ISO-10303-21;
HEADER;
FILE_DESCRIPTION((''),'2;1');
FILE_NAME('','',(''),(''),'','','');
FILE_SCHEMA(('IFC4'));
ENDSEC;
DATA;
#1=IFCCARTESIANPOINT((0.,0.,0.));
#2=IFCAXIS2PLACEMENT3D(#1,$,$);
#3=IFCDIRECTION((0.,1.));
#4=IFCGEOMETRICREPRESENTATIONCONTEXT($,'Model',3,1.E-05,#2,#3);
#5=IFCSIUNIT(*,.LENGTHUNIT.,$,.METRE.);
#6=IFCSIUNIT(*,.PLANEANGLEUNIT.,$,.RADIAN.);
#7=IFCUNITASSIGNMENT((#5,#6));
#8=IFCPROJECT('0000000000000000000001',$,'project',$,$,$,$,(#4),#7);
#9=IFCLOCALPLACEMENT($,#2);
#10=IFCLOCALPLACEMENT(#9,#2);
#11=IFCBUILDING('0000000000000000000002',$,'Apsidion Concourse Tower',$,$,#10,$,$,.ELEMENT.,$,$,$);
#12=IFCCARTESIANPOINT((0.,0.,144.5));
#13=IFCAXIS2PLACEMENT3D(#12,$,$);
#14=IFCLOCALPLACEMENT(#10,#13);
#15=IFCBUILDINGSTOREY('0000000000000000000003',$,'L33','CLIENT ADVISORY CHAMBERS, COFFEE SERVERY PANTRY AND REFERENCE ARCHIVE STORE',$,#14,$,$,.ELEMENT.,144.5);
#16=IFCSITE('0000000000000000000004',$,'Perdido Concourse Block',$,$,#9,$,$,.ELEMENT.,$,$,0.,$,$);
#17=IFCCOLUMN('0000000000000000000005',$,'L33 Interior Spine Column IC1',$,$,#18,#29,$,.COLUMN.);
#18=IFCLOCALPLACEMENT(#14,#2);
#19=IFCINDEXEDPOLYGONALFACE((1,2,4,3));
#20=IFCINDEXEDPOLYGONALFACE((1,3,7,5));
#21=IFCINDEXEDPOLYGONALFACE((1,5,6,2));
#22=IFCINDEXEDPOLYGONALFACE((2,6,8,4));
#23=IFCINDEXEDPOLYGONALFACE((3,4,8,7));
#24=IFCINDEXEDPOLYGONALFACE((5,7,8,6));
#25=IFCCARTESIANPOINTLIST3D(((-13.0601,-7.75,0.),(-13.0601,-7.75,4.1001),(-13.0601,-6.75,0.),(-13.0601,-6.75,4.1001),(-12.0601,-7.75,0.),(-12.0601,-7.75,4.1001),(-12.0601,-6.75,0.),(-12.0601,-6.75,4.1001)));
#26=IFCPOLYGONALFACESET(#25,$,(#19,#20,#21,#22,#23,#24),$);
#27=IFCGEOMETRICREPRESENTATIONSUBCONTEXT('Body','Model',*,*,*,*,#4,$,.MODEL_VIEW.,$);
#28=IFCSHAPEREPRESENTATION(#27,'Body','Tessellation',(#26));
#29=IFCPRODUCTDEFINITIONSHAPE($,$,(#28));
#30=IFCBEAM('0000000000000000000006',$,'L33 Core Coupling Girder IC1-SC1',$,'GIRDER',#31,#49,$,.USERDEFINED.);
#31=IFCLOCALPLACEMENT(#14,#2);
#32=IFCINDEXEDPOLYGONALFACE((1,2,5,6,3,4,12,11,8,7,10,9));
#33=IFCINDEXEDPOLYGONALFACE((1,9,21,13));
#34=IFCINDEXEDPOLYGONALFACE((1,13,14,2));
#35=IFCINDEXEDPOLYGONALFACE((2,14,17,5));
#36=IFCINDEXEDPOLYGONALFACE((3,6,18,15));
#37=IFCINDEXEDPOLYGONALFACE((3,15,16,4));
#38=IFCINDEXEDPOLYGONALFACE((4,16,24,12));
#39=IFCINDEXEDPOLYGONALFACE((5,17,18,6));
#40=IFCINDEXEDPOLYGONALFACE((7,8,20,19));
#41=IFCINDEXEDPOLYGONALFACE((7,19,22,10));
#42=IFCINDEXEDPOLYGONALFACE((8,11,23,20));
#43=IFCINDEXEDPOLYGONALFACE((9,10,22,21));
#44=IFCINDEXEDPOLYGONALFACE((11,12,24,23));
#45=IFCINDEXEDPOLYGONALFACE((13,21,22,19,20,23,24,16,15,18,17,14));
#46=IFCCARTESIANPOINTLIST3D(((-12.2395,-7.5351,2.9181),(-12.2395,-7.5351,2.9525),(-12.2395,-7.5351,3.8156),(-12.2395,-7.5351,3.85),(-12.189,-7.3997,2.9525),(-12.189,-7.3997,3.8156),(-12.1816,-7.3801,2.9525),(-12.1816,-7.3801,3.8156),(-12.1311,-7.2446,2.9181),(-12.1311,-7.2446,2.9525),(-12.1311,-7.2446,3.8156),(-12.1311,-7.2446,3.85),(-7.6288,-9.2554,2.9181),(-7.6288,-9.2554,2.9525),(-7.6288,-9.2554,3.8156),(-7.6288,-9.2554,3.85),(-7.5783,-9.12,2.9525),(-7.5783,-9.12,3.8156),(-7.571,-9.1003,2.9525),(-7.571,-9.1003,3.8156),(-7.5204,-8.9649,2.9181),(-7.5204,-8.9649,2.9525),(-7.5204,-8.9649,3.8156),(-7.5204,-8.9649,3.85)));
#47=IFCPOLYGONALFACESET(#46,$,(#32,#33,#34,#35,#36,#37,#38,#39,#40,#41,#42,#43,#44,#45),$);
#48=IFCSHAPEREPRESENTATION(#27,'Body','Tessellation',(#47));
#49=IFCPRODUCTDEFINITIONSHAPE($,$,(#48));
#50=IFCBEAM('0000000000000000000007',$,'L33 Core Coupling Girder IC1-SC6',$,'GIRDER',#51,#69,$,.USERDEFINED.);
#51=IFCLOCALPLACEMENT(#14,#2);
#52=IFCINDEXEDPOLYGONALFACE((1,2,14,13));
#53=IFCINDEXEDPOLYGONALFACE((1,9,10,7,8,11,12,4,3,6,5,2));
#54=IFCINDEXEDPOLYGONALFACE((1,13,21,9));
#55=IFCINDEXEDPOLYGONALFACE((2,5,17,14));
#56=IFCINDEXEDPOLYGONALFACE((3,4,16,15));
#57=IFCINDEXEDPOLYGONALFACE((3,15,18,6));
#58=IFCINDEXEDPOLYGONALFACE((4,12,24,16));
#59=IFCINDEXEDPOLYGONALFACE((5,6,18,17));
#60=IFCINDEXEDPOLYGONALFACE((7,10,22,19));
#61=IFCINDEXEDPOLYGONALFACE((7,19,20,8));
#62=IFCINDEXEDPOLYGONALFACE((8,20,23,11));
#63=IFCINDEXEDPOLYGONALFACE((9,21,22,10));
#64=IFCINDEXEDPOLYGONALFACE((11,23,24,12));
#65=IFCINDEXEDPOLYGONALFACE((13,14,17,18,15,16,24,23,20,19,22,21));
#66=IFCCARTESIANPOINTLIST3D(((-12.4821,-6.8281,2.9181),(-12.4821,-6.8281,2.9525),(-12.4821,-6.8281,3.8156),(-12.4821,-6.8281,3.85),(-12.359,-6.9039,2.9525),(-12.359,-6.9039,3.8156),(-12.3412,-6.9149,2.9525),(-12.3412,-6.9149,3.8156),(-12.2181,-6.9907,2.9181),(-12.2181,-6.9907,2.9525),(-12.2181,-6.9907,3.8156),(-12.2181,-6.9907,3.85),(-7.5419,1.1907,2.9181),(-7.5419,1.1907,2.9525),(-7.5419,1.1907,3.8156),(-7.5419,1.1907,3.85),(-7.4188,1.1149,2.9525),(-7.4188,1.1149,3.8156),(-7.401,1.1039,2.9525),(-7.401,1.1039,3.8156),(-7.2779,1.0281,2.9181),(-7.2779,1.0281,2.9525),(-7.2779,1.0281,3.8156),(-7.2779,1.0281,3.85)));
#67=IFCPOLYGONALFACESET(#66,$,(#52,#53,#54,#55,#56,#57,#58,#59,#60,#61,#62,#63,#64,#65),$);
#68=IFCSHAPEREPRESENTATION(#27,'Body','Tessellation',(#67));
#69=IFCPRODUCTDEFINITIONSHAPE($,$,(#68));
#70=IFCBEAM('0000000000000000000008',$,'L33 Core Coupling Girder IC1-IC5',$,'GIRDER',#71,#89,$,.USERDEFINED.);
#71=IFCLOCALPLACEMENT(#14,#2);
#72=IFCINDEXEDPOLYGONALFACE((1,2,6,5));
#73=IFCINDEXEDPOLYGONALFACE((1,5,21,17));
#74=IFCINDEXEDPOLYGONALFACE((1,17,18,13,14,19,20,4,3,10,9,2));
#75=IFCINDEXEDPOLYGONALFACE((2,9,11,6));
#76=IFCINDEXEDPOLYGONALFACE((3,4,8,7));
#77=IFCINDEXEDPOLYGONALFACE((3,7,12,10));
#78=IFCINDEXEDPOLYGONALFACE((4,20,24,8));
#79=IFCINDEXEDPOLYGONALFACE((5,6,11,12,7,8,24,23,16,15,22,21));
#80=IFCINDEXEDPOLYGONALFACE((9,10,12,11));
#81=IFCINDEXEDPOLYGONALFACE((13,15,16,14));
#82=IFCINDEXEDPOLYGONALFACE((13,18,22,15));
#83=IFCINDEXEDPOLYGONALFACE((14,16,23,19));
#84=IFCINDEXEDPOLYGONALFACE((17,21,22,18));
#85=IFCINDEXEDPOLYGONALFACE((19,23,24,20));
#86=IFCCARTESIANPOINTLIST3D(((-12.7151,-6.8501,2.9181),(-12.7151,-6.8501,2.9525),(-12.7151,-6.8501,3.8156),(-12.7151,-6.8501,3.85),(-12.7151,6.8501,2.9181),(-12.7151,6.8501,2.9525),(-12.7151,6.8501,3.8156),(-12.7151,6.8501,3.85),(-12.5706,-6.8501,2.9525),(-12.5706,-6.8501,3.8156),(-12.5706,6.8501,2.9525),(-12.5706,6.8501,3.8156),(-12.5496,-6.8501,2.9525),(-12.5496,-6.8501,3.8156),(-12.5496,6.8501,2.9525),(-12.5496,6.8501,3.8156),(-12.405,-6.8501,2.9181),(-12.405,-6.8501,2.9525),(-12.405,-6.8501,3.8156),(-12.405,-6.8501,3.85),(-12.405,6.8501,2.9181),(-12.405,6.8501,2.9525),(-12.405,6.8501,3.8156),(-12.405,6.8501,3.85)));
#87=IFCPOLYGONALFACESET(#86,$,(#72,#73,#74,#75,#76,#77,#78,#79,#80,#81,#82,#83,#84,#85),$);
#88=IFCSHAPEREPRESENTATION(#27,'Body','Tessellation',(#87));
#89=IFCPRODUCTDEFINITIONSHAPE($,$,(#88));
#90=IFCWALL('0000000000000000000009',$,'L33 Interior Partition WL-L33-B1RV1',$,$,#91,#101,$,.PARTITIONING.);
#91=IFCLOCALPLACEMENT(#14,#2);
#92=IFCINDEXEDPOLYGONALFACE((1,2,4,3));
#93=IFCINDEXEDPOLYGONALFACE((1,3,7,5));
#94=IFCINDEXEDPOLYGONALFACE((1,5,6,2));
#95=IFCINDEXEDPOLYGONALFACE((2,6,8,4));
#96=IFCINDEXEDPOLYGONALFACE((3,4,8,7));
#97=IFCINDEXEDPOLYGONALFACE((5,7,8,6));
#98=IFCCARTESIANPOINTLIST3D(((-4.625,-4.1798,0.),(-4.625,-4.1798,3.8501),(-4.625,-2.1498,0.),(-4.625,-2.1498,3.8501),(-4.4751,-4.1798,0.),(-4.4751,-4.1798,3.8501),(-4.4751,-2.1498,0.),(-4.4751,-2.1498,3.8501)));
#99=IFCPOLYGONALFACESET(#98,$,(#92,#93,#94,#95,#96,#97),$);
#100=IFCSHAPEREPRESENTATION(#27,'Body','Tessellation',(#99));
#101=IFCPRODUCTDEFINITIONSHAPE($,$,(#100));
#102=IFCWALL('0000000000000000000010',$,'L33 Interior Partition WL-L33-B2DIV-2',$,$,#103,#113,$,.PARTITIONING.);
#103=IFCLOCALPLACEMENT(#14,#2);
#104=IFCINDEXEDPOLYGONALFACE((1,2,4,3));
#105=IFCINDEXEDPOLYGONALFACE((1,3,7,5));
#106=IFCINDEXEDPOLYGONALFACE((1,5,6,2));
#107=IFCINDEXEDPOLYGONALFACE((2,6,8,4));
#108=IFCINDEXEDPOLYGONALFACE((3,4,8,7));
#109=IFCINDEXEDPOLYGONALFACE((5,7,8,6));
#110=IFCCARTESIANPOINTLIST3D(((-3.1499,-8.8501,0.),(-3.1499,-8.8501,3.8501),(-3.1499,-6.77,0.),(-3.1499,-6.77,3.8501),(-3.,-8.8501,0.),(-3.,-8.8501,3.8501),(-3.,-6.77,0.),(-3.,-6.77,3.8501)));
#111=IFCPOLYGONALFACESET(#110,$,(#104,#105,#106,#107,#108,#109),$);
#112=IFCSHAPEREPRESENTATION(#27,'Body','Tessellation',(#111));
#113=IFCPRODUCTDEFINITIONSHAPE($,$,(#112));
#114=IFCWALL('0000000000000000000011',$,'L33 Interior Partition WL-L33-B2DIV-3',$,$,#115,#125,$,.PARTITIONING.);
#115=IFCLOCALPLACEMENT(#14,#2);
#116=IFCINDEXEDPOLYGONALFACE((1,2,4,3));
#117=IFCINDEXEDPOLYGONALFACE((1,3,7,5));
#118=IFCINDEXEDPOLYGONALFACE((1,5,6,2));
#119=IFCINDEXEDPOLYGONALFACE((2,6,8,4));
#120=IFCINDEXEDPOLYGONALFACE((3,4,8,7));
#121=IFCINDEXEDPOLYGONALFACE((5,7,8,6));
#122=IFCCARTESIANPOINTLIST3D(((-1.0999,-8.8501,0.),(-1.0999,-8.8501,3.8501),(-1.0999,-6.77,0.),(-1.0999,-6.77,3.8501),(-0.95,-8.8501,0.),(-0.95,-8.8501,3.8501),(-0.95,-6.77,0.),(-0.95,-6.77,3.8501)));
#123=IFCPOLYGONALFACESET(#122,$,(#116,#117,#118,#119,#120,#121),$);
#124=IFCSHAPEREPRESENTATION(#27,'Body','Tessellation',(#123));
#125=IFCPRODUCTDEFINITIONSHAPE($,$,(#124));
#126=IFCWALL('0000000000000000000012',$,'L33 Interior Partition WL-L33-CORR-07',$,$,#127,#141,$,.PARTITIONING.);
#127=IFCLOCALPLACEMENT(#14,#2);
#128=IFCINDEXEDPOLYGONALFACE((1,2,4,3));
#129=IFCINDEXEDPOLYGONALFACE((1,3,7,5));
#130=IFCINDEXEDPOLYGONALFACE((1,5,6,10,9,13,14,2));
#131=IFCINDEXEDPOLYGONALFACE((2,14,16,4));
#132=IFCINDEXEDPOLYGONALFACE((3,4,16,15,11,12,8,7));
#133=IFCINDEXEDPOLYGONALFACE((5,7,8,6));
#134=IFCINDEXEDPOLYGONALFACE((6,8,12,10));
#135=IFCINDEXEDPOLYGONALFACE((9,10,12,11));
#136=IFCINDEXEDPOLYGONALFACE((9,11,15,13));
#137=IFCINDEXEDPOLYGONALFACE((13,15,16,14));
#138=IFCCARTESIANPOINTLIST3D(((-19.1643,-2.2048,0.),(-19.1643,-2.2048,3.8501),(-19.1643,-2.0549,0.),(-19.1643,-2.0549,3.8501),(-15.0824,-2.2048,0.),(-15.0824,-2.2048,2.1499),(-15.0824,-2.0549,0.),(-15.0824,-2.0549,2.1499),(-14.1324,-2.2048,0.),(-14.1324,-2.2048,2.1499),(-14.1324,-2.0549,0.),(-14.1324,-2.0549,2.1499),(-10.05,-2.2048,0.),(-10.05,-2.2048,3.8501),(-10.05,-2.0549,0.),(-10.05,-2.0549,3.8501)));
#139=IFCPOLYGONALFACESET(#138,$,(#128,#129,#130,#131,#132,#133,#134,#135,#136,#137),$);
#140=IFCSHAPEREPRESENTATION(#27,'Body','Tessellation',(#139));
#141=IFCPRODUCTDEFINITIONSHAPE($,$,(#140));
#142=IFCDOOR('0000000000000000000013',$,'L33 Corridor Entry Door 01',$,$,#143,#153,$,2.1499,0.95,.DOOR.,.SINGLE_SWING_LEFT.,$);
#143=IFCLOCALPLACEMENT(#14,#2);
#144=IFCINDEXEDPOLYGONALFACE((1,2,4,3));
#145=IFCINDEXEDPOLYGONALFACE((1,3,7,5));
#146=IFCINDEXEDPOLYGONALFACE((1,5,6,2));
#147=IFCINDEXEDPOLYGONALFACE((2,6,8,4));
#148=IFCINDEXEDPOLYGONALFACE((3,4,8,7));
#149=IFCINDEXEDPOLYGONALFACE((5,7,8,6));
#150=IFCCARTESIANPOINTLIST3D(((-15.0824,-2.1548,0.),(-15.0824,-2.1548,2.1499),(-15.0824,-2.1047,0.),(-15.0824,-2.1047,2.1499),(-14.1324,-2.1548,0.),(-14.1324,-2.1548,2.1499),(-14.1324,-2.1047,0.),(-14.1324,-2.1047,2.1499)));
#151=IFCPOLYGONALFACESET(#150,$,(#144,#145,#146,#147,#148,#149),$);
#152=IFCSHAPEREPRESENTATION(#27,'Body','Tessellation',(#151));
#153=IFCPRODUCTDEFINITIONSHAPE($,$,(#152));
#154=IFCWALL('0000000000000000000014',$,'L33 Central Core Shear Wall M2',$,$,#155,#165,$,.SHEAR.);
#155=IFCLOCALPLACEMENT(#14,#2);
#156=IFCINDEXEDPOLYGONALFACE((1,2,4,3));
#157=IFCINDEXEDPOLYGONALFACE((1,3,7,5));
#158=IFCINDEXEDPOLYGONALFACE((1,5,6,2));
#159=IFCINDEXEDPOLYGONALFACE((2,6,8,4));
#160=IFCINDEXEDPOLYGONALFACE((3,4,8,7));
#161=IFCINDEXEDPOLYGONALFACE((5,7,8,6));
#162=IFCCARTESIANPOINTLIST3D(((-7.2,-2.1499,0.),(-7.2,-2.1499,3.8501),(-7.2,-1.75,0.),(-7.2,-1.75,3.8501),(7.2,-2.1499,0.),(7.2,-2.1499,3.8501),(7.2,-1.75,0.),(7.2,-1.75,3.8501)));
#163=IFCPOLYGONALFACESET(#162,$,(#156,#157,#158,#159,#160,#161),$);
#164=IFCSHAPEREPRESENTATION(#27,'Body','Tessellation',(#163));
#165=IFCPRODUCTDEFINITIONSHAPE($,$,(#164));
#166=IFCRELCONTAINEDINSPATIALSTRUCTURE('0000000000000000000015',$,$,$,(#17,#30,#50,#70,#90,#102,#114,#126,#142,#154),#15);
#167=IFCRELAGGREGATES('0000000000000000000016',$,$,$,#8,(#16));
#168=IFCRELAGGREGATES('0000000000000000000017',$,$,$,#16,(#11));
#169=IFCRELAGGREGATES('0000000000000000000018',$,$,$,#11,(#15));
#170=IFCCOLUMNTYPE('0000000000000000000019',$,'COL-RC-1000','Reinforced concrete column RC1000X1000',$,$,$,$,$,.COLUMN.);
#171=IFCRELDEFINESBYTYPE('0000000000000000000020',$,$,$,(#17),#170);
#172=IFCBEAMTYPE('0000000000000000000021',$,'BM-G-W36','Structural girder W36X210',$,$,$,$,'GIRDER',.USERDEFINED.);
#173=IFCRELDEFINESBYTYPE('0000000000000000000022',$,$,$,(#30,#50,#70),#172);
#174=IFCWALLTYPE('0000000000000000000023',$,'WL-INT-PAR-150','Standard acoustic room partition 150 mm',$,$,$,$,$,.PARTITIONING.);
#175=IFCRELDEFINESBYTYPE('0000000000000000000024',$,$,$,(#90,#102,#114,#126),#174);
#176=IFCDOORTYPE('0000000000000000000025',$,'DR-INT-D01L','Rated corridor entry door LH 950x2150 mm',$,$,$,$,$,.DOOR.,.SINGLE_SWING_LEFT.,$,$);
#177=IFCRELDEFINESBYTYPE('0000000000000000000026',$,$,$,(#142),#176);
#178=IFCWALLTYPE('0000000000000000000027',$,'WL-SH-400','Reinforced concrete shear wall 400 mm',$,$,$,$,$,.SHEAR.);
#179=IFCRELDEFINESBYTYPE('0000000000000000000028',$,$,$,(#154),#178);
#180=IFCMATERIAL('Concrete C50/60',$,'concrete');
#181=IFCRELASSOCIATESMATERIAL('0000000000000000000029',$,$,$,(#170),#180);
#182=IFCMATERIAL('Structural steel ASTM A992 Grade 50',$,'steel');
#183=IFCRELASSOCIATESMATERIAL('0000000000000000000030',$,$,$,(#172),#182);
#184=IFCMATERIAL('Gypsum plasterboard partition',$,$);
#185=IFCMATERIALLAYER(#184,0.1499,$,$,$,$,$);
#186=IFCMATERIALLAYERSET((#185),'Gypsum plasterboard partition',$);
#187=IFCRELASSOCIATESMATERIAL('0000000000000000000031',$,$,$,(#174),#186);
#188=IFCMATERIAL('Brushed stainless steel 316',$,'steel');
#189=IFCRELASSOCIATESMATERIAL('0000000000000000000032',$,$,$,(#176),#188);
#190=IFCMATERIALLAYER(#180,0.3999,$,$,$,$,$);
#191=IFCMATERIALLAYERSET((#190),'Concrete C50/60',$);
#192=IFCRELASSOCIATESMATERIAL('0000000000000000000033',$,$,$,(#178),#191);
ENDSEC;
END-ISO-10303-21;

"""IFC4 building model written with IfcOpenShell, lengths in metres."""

from ifc_helpers import new_model, si_unit, direction, frame, frame_2d, origin, origin_2d, place, context, subcontext, project, spatial, rectangle, i_section, extrude, material, layer, layer_set, material_profile, profile_set, type_object, element, fill, save


model = new_model("IFC4")

# Units and contexts
model_context = context("Model", 3, precision=1e-05, world=origin(), true_north=direction((0.0, 1.0)))
body_context = subcontext(model_context, "Body", "Model", "MODEL_VIEW")
ifc_project = project(units=[si_unit("LENGTHUNIT", "METRE"), si_unit("PLANEANGLEUNIT", "RADIAN")], contexts=[model_context])

# Site, building, storey
site_placement = place(None, origin())
site = spatial("IfcSite", under=ifc_project, at=site_placement, Name="Perdido Concourse Block", CompositionType="ELEMENT", RefElevation=0.0)
building_placement = place(site_placement, origin())
building = spatial("IfcBuilding", under=site, at=building_placement, Name="Apsidion Concourse Tower", CompositionType="ELEMENT")
storey_placement = place(building_placement, frame((0.0, 0.0, 144.5)))
storey = spatial("IfcBuildingStorey", under=building, at=storey_placement, Name="L33", Description="CLIENT ADVISORY CHAMBERS, COFFEE SERVERY PANTRY AND REFERENCE ARCHIVE STORE", CompositionType="ELEMENT", Elevation=144.5)

# Column
ifc_material_1 = material(Name="Concrete C50/60", Category="concrete")
ifc_material_profile_1 = material_profile(ifc_material_1, rectangle(XDim=1.0, YDim=1.0, at=origin_2d()), Name="RC 1000x1000")
ifc_profile_set_1 = profile_set([ifc_material_profile_1], Name="Concrete C50/60")
column_type = type_object("IfcColumnType", Name="COL-RC-1000", Description="Reinforced concrete column RC1000X1000", PredefinedType="COLUMN", material=ifc_profile_set_1)
column_placement = place(storey_placement, frame((-12.5601, -7.25, 0.0), z_axis=(0.0, 0.0, 1.0), x_axis=(1.0, 0.0, 0.0)))
element("IfcColumn", 1, at=column_placement, inside=storey, type_object=column_type, Name="L33 Interior Spine Column IC1", PredefinedType="COLUMN", context=body_context, shape_type="SweptSolid", body=[
    extrude(rectangle(XDim=1.0, YDim=1.0, at=origin_2d()), origin(), (0.0, 0.0, 1.0), 4.1001),
])

# Beams
ifc_material_2 = material(Name="Structural steel ASTM A992 Grade 50", Category="steel")
ifc_material_profile_2 = material_profile(ifc_material_2, i_section(OverallWidth=0.3101, OverallDepth=0.9319, WebThickness=0.021, FlangeThickness=0.0344, at=origin_2d()), Name="W36X210")
ifc_profile_set_2 = profile_set([ifc_material_profile_2], Name="Structural steel ASTM A992 Grade 50")
beam_type = type_object("IfcBeamType", Name="BM-G-W36", Description="Structural girder W36X210", ElementType="GIRDER", PredefinedType="USERDEFINED", material=ifc_profile_set_2)
beam_1_placement = place(storey_placement, frame((-12.1853, -7.3899, 3.384), z_axis=(0.936913, -0.349563, 0.0), x_axis=(0.349563, 0.936913, 0.0)))
element("IfcBeam", 2, at=beam_1_placement, inside=storey, type_object=beam_type, Name="L33 Core Coupling Girder IC1-SC1", ObjectType="GIRDER", PredefinedType="USERDEFINED", context=body_context, shape_type="SweptSolid", body=[
    extrude(i_section(OverallWidth=0.3101, OverallDepth=0.9319, WebThickness=0.021, FlangeThickness=0.0344, at=origin_2d()), origin(), (0.0, 0.0, 1.0), 4.9211),
])
beam_2_placement = place(storey_placement, frame((-12.3501, -6.9094, 3.384), z_axis=(0.524524, 0.851396, 0.0), x_axis=(-0.851396, 0.524524, 0.0)))
element("IfcBeam", 3, at=beam_2_placement, inside=storey, type_object=beam_type, Name="L33 Core Coupling Girder IC1-SC6", ObjectType="GIRDER", PredefinedType="USERDEFINED", context=body_context, shape_type="SweptSolid", body=[
    extrude(i_section(OverallWidth=0.3101, OverallDepth=0.9319, WebThickness=0.021, FlangeThickness=0.0344, at=origin_2d()), origin(), (0.0, 0.0, 1.0), 9.4185),
])
beam_3_placement = place(storey_placement, frame((-12.5601, -6.8501, 3.384), z_axis=(0.0, 1.0, 0.0), x_axis=(-1.0, 0.0, 0.0)))
element("IfcBeam", 4, at=beam_3_placement, inside=storey, type_object=beam_type, Name="L33 Core Coupling Girder IC1-IC5", ObjectType="GIRDER", PredefinedType="USERDEFINED", context=body_context, shape_type="SweptSolid", body=[
    extrude(i_section(OverallWidth=0.3101, OverallDepth=0.9319, WebThickness=0.021, FlangeThickness=0.0344, at=origin_2d()), origin(), (0.0, 0.0, 1.0), 13.7002),
])

# Walls
ifc_material_3 = material(Name="Gypsum plasterboard partition")
ifc_layer_1 = layer(ifc_material_3, 0.1499)
ifc_layer_set_1 = layer_set([ifc_layer_1], Name="Gypsum plasterboard partition")
wall_type_1 = type_object("IfcWallType", Name="WL-INT-PAR-150", Description="Standard acoustic room partition 150 mm", PredefinedType="PARTITIONING", material=ifc_layer_set_1)
wall_1_placement = place(storey_placement, frame((-4.55, -4.1799, 0.0), z_axis=(0.0, 0.0, 1.0), x_axis=(0.0, 1.0, 0.0)))
element("IfcWall", 5, at=wall_1_placement, inside=storey, type_object=wall_type_1, Name="L33 Interior Partition WL-L33-B1RV1", PredefinedType="PARTITIONING", context=body_context, shape_type="SweptSolid", body=[
    extrude(rectangle(XDim=2.03, YDim=0.1499, at=frame_2d((1.0151, 0.0))), origin(), (0.0, 0.0, 1.0), 3.8501),
])
for number, where, z_axis, x_axis, name in (
    (6, (-3.075, -8.8501, 0.0), (0.0, 0.0, 1.0), (0.0, 1.0, 0.0), "L33 Interior Partition WL-L33-B2DIV-2"),
    (7, (-1.0249, -8.8501, 0.0), (0.0, 0.0, 1.0), (0.0, 1.0, 0.0), "L33 Interior Partition WL-L33-B2DIV-3"),
):
    element("IfcWall", number, at=place(storey_placement, frame(where, z_axis=z_axis, x_axis=x_axis)), inside=storey, type_object=wall_type_1, Name=name, PredefinedType="PARTITIONING", context=body_context, shape_type="SweptSolid", body=[
        extrude(rectangle(XDim=2.0801, YDim=0.1499, at=frame_2d((1.04, 0.0))), origin(), (0.0, 0.0, 1.0), 3.8501),
    ])

# Wall, opening, door
wall_2_placement = place(storey_placement, frame((-10.05, -2.1299, 0.0), z_axis=(0.0, 0.0, 1.0), x_axis=(-1.0, 0.0, 0.0)))
wall_2 = element("IfcWall", 8, at=wall_2_placement, inside=storey, type_object=wall_type_1, Name="L33 Interior Partition WL-L33-CORR-07", PredefinedType="PARTITIONING", context=body_context, shape_type="SweptSolid", body=[
    extrude(rectangle(XDim=9.1143, YDim=0.1499, at=frame_2d((4.5571, 0.0))), origin(), (0.0, 0.0, 1.0), 3.8501),
])
opening_1_placement = place(wall_2_placement, frame((4.0823, 0.0, 0.0)))
opening_1 = element("IfcOpeningElement", 9, at=opening_1_placement, cuts=wall_2, PredefinedType="OPENING", context=body_context, shape_type="SweptSolid", body=[
    extrude(rectangle(XDim=0.95, YDim=2.1499, at=frame_2d((0.4751, 1.075))), frame((0.0, 0.085, 0.0), z_axis=(0.0, -1.0, 0.0), x_axis=(1.0, 0.0, 0.0)), (0.0, 0.0, 1.0), 0.1699),
])
ifc_material_4 = material(Name="Brushed stainless steel 316", Category="steel")
door_type_1 = type_object("IfcDoorType", Name="DR-INT-D01L", Description="Rated corridor entry door LH 950x2150 mm", OperationType="SINGLE_SWING_LEFT", PredefinedType="DOOR", material=ifc_material_4)
door_1_placement = place(opening_1_placement, origin())
door_1 = element("IfcDoor", 10, at=door_1_placement, inside=storey, type_object=door_type_1, Name="L33 Corridor Entry Door 01", OperationType="SINGLE_SWING_LEFT", OverallHeight=2.1499, OverallWidth=0.95, PredefinedType="DOOR", context=body_context, shape_type="SweptSolid", body=[
    extrude(rectangle(XDim=0.95, YDim=2.1499, at=frame_2d((0.4751, 1.075))), frame((0.0, 0.0249, 0.0), z_axis=(0.0, -1.0, 0.0), x_axis=(1.0, 0.0, 0.0)), (0.0, 0.0, 1.0), 0.05),
])
fill(opening_1, door_1)

# Wall
ifc_layer_2 = layer(ifc_material_1, 0.3999)
ifc_layer_set_2 = layer_set([ifc_layer_2], Name="Concrete C50/60")
wall_type_2 = type_object("IfcWallType", Name="WL-SH-400", Description="Reinforced concrete shear wall 400 mm", PredefinedType="SHEAR", material=ifc_layer_set_2)
wall_3_placement = place(storey_placement, frame((-7.2, -1.95, 0.0), z_axis=(0.0, 0.0, 1.0), x_axis=(1.0, 0.0, 0.0)))
element("IfcWall", 11, at=wall_3_placement, inside=storey, type_object=wall_type_2, Name="L33 Central Core Shear Wall M2", PredefinedType="SHEAR", context=body_context, shape_type="SweptSolid", body=[
    extrude(rectangle(XDim=14.3999, YDim=0.3999, at=frame_2d((7.2, 0.0))), origin(), (0.0, 0.0, 1.0), 3.8501),
])

save(model, "model.ifc")
